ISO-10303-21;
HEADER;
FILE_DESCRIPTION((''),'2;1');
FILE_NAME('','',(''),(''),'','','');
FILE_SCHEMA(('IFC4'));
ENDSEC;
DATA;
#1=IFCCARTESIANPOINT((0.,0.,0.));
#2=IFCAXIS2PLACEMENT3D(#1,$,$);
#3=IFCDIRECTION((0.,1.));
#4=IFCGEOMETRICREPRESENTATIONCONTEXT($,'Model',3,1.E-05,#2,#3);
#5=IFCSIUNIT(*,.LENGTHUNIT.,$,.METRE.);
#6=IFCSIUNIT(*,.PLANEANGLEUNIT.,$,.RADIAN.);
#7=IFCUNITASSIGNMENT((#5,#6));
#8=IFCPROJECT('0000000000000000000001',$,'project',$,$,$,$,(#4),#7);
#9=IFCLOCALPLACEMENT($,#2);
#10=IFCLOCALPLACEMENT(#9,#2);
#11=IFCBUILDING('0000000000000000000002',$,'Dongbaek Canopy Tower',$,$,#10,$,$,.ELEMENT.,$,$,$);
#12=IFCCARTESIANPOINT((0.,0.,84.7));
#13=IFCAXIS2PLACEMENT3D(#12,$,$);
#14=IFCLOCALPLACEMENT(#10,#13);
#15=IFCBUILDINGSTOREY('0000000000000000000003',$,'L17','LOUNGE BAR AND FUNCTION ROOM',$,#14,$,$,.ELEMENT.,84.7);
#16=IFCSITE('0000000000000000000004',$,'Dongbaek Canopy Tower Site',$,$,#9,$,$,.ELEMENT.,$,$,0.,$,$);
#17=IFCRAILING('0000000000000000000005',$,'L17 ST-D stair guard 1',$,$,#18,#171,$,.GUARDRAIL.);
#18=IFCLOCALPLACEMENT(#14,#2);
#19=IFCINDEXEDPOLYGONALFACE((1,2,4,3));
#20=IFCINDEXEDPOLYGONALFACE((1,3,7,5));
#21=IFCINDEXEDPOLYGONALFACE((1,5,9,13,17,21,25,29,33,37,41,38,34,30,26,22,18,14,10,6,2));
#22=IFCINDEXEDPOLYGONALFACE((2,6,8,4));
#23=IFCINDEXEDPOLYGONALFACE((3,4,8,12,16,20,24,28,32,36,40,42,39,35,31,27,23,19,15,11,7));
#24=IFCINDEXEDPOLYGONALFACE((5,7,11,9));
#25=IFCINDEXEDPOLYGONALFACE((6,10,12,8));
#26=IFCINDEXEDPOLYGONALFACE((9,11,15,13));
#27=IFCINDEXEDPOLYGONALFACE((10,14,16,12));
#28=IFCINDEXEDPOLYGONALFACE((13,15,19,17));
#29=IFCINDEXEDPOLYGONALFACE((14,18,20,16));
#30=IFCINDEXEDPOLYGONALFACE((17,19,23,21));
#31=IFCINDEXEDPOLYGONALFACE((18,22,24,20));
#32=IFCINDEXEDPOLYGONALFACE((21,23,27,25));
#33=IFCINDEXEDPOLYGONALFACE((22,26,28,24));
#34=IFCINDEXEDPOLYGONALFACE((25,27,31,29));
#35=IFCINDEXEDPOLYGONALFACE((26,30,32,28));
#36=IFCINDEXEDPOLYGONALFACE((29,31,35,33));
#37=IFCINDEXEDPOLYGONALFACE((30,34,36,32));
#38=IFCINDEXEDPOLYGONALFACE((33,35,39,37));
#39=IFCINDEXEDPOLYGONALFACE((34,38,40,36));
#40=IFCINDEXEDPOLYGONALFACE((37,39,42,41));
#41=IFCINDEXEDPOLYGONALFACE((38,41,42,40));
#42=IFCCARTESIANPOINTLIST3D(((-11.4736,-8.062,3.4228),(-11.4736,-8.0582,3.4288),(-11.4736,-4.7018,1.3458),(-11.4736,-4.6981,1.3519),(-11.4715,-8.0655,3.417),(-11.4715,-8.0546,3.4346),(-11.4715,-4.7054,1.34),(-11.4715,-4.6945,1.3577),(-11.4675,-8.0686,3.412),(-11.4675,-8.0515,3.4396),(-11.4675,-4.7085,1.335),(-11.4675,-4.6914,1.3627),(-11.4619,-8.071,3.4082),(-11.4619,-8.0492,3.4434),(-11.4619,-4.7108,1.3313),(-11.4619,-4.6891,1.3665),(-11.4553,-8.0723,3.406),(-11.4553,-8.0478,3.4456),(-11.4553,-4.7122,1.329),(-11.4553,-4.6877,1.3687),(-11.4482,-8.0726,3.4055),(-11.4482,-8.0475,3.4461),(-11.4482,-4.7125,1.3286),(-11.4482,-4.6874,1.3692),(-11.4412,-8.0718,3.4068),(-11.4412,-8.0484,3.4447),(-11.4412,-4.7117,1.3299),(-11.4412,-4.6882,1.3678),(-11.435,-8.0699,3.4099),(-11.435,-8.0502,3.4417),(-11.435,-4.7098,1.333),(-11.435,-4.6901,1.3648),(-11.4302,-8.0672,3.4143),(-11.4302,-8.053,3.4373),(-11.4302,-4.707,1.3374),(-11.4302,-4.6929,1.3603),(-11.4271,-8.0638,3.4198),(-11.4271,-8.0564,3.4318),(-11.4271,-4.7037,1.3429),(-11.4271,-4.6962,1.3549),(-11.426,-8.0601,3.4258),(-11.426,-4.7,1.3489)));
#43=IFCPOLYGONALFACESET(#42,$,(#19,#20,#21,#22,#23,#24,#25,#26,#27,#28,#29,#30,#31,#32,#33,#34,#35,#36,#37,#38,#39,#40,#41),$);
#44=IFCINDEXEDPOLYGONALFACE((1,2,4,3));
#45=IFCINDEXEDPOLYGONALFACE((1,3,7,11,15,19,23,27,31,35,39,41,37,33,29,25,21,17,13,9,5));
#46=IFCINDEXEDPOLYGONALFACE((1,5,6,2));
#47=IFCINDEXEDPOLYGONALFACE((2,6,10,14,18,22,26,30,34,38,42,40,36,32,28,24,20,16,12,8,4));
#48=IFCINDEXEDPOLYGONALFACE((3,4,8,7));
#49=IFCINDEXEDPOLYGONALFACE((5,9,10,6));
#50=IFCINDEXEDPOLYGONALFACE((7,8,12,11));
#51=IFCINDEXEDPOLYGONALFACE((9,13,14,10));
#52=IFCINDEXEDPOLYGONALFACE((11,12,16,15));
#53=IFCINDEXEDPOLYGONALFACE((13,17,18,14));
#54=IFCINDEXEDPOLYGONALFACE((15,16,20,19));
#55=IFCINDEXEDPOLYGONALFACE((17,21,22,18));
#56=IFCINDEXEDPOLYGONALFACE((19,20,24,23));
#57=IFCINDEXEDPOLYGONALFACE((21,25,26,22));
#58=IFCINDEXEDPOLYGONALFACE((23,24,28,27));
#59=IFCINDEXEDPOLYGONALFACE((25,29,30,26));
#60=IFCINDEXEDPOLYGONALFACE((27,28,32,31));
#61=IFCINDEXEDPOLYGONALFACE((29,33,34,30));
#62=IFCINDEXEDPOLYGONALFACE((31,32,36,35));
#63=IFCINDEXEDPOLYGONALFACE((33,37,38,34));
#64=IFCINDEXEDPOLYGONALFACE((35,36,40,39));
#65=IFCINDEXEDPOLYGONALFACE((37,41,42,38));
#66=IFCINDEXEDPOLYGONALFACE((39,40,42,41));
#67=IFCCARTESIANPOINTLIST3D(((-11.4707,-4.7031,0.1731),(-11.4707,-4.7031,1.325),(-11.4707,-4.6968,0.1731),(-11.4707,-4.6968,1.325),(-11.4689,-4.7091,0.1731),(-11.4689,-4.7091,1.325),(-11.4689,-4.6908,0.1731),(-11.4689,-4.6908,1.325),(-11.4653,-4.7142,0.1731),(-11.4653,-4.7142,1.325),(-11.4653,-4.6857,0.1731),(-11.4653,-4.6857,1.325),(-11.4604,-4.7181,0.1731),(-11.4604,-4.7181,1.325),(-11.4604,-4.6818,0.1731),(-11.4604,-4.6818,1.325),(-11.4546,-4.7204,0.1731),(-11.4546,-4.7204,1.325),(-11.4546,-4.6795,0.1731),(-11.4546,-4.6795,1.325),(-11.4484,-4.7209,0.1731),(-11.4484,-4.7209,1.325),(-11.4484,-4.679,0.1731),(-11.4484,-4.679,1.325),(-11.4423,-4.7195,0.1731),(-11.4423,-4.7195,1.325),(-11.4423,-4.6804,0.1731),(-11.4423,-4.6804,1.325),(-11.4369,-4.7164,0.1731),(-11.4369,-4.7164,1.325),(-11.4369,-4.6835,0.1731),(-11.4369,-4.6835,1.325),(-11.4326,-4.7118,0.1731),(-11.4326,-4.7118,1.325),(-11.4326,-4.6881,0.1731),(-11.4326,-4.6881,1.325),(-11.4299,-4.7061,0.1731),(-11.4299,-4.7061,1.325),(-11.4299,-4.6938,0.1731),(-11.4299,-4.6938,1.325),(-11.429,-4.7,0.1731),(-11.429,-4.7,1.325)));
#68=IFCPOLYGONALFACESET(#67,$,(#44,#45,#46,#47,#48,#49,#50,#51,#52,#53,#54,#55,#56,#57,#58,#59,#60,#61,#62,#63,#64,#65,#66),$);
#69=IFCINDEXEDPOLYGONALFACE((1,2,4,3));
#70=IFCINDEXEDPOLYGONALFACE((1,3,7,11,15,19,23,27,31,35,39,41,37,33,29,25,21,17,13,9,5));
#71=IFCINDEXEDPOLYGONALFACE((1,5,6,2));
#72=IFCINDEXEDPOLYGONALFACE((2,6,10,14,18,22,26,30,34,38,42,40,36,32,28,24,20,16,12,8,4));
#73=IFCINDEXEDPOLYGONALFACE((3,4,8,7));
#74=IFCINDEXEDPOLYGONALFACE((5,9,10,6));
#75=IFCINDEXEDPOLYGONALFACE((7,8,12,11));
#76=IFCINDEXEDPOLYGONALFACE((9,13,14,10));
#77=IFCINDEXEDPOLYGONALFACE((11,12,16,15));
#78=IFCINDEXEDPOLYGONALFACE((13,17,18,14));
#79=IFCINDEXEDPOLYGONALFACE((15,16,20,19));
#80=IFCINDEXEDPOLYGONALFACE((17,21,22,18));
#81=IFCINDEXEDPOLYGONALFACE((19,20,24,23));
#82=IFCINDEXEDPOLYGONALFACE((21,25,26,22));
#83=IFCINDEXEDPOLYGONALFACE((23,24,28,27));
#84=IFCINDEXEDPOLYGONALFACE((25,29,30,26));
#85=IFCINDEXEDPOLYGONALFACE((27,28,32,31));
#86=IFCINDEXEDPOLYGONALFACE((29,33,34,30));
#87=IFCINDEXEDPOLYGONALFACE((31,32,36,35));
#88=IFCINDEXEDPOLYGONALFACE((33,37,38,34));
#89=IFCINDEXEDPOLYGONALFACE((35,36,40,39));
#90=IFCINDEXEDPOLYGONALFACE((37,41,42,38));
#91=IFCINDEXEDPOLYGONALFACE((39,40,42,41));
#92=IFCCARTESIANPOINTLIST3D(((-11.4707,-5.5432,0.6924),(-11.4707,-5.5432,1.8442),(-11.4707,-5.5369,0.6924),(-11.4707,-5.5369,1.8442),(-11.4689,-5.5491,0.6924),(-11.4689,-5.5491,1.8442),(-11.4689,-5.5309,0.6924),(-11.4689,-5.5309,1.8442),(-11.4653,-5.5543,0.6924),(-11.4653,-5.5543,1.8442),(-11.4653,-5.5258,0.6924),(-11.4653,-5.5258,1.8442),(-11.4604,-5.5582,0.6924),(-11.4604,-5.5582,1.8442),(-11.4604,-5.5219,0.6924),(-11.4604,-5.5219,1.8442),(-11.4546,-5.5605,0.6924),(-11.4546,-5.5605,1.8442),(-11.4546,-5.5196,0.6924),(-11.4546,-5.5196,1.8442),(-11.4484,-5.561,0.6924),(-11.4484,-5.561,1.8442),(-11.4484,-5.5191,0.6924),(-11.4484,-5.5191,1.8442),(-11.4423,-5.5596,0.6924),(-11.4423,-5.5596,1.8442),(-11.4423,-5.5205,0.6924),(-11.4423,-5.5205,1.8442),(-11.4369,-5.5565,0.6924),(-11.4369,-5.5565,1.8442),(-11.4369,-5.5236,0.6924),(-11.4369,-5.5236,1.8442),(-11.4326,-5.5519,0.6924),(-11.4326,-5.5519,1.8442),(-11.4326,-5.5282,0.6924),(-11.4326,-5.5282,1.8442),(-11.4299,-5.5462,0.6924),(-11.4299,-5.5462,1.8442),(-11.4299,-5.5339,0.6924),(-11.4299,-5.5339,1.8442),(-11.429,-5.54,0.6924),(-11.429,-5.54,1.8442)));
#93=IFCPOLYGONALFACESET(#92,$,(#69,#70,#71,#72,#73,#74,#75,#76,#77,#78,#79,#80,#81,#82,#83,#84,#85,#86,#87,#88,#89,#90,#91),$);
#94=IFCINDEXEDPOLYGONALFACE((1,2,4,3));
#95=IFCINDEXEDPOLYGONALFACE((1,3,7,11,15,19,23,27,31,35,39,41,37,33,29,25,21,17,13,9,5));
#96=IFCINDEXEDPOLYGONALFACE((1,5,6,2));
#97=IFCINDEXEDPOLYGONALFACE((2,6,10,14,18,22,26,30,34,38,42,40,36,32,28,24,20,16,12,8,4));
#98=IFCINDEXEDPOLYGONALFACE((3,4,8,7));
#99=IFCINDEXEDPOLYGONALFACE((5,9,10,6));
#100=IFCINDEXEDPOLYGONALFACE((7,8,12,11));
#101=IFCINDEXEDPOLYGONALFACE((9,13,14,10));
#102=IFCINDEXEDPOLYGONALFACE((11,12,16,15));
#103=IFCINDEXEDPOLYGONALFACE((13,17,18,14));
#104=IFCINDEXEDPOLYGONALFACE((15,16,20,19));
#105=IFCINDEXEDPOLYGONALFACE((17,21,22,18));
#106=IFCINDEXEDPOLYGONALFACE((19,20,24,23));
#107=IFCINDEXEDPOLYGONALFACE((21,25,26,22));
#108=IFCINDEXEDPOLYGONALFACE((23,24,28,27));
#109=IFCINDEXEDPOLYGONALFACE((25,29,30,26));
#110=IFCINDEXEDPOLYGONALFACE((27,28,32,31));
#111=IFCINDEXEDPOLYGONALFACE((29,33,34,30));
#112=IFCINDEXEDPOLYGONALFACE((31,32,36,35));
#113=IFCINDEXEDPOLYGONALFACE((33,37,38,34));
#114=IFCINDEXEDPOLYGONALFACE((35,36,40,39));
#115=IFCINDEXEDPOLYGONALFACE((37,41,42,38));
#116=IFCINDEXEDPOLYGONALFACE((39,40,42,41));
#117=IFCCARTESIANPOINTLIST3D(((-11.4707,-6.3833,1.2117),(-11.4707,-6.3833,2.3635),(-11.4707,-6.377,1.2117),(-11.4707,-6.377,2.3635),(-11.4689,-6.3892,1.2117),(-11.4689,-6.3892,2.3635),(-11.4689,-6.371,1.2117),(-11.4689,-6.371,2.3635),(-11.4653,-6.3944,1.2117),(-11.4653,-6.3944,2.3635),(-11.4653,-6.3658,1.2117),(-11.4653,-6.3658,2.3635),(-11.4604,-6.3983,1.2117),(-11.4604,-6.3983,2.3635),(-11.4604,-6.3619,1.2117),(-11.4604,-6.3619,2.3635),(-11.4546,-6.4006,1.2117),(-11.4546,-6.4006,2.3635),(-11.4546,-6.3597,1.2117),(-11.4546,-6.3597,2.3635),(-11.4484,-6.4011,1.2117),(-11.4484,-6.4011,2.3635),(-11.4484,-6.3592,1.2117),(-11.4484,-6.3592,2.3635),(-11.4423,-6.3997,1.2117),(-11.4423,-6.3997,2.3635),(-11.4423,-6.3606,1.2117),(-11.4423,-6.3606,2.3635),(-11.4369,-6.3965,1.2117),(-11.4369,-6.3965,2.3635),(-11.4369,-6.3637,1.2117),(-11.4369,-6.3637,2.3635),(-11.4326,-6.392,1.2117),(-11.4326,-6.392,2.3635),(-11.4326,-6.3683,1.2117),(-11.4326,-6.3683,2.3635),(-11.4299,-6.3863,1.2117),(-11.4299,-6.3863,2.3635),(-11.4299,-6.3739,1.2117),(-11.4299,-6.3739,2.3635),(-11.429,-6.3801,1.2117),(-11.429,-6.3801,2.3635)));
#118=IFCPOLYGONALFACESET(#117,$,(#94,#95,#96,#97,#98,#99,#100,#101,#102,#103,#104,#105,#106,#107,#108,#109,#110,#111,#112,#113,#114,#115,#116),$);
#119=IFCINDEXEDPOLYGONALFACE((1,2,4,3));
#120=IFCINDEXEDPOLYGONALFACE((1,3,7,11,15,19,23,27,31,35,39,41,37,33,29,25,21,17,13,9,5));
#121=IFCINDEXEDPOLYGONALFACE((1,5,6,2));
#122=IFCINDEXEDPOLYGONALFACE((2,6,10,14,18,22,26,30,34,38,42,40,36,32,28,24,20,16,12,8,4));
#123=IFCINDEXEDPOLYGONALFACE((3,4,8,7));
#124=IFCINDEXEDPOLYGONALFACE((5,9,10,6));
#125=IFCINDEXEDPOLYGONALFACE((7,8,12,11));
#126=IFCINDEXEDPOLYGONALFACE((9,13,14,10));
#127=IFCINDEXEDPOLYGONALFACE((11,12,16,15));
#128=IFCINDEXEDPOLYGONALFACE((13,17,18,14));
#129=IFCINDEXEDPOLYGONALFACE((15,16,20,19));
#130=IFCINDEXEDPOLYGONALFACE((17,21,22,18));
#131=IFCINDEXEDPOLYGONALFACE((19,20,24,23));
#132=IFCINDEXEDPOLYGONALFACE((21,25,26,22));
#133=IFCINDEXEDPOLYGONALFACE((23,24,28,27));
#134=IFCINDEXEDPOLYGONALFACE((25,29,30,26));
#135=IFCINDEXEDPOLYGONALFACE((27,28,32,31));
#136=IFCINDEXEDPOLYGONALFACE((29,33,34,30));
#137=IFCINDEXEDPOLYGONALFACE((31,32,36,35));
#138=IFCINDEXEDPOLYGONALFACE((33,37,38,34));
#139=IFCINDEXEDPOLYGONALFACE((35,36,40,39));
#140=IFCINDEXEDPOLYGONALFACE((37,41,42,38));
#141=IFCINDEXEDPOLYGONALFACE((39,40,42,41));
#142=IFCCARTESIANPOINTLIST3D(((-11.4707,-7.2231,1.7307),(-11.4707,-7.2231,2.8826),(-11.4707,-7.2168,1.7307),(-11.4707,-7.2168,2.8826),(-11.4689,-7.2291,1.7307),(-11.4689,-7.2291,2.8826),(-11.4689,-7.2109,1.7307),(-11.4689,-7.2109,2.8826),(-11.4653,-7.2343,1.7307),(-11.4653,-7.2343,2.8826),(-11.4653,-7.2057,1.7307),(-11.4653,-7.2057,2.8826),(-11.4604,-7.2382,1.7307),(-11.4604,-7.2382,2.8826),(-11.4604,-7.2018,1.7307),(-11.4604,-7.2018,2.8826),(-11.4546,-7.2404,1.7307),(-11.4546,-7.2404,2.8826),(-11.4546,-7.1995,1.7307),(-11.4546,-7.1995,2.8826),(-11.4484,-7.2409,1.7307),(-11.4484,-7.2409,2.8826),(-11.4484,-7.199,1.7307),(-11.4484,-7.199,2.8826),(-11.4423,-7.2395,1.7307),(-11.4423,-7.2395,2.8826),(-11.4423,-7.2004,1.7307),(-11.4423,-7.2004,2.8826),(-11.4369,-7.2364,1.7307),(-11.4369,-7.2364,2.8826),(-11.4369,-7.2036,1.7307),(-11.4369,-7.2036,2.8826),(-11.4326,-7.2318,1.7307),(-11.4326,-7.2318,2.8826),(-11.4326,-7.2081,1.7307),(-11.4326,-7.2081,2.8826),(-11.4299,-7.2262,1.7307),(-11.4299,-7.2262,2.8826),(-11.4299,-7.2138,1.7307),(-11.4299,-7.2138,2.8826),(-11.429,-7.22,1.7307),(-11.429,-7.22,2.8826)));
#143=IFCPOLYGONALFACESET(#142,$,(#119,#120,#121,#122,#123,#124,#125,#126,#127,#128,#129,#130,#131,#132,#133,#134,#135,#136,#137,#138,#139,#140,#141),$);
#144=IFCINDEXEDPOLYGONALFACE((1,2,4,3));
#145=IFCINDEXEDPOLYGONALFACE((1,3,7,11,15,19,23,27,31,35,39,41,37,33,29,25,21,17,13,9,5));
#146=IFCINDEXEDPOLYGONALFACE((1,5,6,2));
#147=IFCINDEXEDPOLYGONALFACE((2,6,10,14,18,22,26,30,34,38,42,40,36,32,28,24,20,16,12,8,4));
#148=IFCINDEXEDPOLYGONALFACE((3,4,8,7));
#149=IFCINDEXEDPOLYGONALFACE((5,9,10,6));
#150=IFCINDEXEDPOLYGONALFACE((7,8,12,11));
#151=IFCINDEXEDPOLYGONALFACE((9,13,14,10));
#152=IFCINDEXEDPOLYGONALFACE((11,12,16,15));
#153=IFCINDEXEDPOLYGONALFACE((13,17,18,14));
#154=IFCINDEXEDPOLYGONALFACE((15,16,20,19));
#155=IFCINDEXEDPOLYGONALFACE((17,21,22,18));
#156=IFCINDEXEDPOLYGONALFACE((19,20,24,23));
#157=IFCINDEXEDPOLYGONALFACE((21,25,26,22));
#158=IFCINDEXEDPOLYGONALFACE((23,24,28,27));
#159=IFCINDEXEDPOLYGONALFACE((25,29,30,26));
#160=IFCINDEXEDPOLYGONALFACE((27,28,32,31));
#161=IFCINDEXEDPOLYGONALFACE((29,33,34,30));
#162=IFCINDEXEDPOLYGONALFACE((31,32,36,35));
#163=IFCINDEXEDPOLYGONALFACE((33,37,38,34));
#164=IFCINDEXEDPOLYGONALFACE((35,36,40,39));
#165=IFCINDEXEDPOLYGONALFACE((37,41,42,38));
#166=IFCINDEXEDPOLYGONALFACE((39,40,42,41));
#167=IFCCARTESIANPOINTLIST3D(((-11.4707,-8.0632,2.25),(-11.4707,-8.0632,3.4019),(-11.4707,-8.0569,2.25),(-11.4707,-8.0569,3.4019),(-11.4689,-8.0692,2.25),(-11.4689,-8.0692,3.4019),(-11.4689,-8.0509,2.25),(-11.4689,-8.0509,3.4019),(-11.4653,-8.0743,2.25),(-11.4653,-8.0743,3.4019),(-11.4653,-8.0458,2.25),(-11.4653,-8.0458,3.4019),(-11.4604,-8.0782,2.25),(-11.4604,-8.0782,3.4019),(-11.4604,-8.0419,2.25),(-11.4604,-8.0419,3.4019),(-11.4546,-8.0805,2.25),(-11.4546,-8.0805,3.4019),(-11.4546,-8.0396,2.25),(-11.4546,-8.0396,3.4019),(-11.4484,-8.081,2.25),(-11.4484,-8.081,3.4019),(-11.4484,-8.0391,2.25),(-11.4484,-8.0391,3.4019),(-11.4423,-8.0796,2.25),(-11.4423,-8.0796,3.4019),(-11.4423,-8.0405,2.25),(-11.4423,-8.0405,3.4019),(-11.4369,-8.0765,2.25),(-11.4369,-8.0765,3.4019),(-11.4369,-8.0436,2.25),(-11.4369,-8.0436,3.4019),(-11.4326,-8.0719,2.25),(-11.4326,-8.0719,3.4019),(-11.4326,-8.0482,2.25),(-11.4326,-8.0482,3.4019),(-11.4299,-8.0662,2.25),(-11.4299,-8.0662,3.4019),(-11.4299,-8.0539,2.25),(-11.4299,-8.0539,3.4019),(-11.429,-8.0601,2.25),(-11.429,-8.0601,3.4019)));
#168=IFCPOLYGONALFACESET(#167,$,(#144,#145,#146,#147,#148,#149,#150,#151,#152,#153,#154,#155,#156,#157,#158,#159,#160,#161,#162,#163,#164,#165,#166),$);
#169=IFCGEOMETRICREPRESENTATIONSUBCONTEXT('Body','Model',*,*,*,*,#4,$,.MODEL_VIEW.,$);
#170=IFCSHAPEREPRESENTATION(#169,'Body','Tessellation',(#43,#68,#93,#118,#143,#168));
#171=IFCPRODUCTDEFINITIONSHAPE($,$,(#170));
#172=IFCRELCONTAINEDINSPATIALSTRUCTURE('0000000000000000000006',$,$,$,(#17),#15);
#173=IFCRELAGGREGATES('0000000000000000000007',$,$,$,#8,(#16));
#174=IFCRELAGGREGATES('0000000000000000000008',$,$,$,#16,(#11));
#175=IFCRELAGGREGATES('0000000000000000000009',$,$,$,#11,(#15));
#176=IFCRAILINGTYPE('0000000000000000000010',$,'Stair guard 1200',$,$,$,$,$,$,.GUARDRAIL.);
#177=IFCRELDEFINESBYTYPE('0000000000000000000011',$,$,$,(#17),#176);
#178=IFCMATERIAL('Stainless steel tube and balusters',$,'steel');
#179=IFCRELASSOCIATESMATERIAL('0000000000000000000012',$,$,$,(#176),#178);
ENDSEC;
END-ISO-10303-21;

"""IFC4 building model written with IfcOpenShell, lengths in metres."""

from ifc_helpers import new_model, si_unit, direction, frame, origin, origin_2d, place, context, subcontext, project, spatial, circle, extrude, material, type_object, element, save


model = new_model("IFC4")

# Units and contexts
model_context = context("Model", 3, precision=1e-05, world=origin(), true_north=direction((0.0, 1.0)))
body_context = subcontext(model_context, "Body", "Model", "MODEL_VIEW")
ifc_project = project(units=[si_unit("LENGTHUNIT", "METRE"), si_unit("PLANEANGLEUNIT", "RADIAN")], contexts=[model_context])

# Site, building, storey
site_placement = place(None, origin())
site = spatial("IfcSite", under=ifc_project, at=site_placement, Name="Dongbaek Canopy Tower Site", CompositionType="ELEMENT", RefElevation=0.0)
building_placement = place(site_placement, origin())
building = spatial("IfcBuilding", under=site, at=building_placement, Name="Dongbaek Canopy Tower", CompositionType="ELEMENT")
storey_placement = place(building_placement, frame((0.0, 0.0, 84.7)))
storey = spatial("IfcBuildingStorey", under=building, at=storey_placement, Name="L17", Description="LOUNGE BAR AND FUNCTION ROOM", CompositionType="ELEMENT", Elevation=84.7)

# Railing
ifc_material_1 = material(Name="Stainless steel tube and balusters", Category="steel")
railing_type_1 = type_object("IfcRailingType", Name="Stair guard 1200", PredefinedType="GUARDRAIL", material=ifc_material_1)
railing_1_placement = place(storey_placement, frame((-11.45, -4.7, 0.1731)))
element("IfcRailing", 1, at=railing_1_placement, inside=storey, type_object=railing_type_1, Name="L17 ST-D stair guard 1", PredefinedType="GUARDRAIL", context=body_context, shape_type="SweptSolid", body=[
    extrude(circle(Radius=0.0239, at=origin_2d()), frame((0.0, 0.0, 1.1758), z_axis=(0.0, -0.850623, 0.525776), x_axis=(1.0, 0.0, 0.0)), (0.0, 0.0, 1.0), 3.9502),
    extrude(circle(Radius=0.021, at=origin_2d()), origin(), (0.0, 0.0, 1.0), 1.1519),
    extrude(circle(Radius=0.021, at=origin_2d()), frame((0.0, -0.8401, 0.5193)), (0.0, 0.0, 1.0), 1.1519),
    extrude(circle(Radius=0.021, at=origin_2d()), frame((0.0, -1.6802, 1.0386)), (0.0, 0.0, 1.0), 1.1519),
    extrude(circle(Radius=0.021, at=origin_2d()), frame((0.0, -2.52, 1.5576)), (0.0, 0.0, 1.0), 1.1519),
    extrude(circle(Radius=0.021, at=origin_2d()), frame((0.0, -3.3601, 2.0769)), (0.0, 0.0, 1.0), 1.1519),
])

save(model, "model.ifc")
